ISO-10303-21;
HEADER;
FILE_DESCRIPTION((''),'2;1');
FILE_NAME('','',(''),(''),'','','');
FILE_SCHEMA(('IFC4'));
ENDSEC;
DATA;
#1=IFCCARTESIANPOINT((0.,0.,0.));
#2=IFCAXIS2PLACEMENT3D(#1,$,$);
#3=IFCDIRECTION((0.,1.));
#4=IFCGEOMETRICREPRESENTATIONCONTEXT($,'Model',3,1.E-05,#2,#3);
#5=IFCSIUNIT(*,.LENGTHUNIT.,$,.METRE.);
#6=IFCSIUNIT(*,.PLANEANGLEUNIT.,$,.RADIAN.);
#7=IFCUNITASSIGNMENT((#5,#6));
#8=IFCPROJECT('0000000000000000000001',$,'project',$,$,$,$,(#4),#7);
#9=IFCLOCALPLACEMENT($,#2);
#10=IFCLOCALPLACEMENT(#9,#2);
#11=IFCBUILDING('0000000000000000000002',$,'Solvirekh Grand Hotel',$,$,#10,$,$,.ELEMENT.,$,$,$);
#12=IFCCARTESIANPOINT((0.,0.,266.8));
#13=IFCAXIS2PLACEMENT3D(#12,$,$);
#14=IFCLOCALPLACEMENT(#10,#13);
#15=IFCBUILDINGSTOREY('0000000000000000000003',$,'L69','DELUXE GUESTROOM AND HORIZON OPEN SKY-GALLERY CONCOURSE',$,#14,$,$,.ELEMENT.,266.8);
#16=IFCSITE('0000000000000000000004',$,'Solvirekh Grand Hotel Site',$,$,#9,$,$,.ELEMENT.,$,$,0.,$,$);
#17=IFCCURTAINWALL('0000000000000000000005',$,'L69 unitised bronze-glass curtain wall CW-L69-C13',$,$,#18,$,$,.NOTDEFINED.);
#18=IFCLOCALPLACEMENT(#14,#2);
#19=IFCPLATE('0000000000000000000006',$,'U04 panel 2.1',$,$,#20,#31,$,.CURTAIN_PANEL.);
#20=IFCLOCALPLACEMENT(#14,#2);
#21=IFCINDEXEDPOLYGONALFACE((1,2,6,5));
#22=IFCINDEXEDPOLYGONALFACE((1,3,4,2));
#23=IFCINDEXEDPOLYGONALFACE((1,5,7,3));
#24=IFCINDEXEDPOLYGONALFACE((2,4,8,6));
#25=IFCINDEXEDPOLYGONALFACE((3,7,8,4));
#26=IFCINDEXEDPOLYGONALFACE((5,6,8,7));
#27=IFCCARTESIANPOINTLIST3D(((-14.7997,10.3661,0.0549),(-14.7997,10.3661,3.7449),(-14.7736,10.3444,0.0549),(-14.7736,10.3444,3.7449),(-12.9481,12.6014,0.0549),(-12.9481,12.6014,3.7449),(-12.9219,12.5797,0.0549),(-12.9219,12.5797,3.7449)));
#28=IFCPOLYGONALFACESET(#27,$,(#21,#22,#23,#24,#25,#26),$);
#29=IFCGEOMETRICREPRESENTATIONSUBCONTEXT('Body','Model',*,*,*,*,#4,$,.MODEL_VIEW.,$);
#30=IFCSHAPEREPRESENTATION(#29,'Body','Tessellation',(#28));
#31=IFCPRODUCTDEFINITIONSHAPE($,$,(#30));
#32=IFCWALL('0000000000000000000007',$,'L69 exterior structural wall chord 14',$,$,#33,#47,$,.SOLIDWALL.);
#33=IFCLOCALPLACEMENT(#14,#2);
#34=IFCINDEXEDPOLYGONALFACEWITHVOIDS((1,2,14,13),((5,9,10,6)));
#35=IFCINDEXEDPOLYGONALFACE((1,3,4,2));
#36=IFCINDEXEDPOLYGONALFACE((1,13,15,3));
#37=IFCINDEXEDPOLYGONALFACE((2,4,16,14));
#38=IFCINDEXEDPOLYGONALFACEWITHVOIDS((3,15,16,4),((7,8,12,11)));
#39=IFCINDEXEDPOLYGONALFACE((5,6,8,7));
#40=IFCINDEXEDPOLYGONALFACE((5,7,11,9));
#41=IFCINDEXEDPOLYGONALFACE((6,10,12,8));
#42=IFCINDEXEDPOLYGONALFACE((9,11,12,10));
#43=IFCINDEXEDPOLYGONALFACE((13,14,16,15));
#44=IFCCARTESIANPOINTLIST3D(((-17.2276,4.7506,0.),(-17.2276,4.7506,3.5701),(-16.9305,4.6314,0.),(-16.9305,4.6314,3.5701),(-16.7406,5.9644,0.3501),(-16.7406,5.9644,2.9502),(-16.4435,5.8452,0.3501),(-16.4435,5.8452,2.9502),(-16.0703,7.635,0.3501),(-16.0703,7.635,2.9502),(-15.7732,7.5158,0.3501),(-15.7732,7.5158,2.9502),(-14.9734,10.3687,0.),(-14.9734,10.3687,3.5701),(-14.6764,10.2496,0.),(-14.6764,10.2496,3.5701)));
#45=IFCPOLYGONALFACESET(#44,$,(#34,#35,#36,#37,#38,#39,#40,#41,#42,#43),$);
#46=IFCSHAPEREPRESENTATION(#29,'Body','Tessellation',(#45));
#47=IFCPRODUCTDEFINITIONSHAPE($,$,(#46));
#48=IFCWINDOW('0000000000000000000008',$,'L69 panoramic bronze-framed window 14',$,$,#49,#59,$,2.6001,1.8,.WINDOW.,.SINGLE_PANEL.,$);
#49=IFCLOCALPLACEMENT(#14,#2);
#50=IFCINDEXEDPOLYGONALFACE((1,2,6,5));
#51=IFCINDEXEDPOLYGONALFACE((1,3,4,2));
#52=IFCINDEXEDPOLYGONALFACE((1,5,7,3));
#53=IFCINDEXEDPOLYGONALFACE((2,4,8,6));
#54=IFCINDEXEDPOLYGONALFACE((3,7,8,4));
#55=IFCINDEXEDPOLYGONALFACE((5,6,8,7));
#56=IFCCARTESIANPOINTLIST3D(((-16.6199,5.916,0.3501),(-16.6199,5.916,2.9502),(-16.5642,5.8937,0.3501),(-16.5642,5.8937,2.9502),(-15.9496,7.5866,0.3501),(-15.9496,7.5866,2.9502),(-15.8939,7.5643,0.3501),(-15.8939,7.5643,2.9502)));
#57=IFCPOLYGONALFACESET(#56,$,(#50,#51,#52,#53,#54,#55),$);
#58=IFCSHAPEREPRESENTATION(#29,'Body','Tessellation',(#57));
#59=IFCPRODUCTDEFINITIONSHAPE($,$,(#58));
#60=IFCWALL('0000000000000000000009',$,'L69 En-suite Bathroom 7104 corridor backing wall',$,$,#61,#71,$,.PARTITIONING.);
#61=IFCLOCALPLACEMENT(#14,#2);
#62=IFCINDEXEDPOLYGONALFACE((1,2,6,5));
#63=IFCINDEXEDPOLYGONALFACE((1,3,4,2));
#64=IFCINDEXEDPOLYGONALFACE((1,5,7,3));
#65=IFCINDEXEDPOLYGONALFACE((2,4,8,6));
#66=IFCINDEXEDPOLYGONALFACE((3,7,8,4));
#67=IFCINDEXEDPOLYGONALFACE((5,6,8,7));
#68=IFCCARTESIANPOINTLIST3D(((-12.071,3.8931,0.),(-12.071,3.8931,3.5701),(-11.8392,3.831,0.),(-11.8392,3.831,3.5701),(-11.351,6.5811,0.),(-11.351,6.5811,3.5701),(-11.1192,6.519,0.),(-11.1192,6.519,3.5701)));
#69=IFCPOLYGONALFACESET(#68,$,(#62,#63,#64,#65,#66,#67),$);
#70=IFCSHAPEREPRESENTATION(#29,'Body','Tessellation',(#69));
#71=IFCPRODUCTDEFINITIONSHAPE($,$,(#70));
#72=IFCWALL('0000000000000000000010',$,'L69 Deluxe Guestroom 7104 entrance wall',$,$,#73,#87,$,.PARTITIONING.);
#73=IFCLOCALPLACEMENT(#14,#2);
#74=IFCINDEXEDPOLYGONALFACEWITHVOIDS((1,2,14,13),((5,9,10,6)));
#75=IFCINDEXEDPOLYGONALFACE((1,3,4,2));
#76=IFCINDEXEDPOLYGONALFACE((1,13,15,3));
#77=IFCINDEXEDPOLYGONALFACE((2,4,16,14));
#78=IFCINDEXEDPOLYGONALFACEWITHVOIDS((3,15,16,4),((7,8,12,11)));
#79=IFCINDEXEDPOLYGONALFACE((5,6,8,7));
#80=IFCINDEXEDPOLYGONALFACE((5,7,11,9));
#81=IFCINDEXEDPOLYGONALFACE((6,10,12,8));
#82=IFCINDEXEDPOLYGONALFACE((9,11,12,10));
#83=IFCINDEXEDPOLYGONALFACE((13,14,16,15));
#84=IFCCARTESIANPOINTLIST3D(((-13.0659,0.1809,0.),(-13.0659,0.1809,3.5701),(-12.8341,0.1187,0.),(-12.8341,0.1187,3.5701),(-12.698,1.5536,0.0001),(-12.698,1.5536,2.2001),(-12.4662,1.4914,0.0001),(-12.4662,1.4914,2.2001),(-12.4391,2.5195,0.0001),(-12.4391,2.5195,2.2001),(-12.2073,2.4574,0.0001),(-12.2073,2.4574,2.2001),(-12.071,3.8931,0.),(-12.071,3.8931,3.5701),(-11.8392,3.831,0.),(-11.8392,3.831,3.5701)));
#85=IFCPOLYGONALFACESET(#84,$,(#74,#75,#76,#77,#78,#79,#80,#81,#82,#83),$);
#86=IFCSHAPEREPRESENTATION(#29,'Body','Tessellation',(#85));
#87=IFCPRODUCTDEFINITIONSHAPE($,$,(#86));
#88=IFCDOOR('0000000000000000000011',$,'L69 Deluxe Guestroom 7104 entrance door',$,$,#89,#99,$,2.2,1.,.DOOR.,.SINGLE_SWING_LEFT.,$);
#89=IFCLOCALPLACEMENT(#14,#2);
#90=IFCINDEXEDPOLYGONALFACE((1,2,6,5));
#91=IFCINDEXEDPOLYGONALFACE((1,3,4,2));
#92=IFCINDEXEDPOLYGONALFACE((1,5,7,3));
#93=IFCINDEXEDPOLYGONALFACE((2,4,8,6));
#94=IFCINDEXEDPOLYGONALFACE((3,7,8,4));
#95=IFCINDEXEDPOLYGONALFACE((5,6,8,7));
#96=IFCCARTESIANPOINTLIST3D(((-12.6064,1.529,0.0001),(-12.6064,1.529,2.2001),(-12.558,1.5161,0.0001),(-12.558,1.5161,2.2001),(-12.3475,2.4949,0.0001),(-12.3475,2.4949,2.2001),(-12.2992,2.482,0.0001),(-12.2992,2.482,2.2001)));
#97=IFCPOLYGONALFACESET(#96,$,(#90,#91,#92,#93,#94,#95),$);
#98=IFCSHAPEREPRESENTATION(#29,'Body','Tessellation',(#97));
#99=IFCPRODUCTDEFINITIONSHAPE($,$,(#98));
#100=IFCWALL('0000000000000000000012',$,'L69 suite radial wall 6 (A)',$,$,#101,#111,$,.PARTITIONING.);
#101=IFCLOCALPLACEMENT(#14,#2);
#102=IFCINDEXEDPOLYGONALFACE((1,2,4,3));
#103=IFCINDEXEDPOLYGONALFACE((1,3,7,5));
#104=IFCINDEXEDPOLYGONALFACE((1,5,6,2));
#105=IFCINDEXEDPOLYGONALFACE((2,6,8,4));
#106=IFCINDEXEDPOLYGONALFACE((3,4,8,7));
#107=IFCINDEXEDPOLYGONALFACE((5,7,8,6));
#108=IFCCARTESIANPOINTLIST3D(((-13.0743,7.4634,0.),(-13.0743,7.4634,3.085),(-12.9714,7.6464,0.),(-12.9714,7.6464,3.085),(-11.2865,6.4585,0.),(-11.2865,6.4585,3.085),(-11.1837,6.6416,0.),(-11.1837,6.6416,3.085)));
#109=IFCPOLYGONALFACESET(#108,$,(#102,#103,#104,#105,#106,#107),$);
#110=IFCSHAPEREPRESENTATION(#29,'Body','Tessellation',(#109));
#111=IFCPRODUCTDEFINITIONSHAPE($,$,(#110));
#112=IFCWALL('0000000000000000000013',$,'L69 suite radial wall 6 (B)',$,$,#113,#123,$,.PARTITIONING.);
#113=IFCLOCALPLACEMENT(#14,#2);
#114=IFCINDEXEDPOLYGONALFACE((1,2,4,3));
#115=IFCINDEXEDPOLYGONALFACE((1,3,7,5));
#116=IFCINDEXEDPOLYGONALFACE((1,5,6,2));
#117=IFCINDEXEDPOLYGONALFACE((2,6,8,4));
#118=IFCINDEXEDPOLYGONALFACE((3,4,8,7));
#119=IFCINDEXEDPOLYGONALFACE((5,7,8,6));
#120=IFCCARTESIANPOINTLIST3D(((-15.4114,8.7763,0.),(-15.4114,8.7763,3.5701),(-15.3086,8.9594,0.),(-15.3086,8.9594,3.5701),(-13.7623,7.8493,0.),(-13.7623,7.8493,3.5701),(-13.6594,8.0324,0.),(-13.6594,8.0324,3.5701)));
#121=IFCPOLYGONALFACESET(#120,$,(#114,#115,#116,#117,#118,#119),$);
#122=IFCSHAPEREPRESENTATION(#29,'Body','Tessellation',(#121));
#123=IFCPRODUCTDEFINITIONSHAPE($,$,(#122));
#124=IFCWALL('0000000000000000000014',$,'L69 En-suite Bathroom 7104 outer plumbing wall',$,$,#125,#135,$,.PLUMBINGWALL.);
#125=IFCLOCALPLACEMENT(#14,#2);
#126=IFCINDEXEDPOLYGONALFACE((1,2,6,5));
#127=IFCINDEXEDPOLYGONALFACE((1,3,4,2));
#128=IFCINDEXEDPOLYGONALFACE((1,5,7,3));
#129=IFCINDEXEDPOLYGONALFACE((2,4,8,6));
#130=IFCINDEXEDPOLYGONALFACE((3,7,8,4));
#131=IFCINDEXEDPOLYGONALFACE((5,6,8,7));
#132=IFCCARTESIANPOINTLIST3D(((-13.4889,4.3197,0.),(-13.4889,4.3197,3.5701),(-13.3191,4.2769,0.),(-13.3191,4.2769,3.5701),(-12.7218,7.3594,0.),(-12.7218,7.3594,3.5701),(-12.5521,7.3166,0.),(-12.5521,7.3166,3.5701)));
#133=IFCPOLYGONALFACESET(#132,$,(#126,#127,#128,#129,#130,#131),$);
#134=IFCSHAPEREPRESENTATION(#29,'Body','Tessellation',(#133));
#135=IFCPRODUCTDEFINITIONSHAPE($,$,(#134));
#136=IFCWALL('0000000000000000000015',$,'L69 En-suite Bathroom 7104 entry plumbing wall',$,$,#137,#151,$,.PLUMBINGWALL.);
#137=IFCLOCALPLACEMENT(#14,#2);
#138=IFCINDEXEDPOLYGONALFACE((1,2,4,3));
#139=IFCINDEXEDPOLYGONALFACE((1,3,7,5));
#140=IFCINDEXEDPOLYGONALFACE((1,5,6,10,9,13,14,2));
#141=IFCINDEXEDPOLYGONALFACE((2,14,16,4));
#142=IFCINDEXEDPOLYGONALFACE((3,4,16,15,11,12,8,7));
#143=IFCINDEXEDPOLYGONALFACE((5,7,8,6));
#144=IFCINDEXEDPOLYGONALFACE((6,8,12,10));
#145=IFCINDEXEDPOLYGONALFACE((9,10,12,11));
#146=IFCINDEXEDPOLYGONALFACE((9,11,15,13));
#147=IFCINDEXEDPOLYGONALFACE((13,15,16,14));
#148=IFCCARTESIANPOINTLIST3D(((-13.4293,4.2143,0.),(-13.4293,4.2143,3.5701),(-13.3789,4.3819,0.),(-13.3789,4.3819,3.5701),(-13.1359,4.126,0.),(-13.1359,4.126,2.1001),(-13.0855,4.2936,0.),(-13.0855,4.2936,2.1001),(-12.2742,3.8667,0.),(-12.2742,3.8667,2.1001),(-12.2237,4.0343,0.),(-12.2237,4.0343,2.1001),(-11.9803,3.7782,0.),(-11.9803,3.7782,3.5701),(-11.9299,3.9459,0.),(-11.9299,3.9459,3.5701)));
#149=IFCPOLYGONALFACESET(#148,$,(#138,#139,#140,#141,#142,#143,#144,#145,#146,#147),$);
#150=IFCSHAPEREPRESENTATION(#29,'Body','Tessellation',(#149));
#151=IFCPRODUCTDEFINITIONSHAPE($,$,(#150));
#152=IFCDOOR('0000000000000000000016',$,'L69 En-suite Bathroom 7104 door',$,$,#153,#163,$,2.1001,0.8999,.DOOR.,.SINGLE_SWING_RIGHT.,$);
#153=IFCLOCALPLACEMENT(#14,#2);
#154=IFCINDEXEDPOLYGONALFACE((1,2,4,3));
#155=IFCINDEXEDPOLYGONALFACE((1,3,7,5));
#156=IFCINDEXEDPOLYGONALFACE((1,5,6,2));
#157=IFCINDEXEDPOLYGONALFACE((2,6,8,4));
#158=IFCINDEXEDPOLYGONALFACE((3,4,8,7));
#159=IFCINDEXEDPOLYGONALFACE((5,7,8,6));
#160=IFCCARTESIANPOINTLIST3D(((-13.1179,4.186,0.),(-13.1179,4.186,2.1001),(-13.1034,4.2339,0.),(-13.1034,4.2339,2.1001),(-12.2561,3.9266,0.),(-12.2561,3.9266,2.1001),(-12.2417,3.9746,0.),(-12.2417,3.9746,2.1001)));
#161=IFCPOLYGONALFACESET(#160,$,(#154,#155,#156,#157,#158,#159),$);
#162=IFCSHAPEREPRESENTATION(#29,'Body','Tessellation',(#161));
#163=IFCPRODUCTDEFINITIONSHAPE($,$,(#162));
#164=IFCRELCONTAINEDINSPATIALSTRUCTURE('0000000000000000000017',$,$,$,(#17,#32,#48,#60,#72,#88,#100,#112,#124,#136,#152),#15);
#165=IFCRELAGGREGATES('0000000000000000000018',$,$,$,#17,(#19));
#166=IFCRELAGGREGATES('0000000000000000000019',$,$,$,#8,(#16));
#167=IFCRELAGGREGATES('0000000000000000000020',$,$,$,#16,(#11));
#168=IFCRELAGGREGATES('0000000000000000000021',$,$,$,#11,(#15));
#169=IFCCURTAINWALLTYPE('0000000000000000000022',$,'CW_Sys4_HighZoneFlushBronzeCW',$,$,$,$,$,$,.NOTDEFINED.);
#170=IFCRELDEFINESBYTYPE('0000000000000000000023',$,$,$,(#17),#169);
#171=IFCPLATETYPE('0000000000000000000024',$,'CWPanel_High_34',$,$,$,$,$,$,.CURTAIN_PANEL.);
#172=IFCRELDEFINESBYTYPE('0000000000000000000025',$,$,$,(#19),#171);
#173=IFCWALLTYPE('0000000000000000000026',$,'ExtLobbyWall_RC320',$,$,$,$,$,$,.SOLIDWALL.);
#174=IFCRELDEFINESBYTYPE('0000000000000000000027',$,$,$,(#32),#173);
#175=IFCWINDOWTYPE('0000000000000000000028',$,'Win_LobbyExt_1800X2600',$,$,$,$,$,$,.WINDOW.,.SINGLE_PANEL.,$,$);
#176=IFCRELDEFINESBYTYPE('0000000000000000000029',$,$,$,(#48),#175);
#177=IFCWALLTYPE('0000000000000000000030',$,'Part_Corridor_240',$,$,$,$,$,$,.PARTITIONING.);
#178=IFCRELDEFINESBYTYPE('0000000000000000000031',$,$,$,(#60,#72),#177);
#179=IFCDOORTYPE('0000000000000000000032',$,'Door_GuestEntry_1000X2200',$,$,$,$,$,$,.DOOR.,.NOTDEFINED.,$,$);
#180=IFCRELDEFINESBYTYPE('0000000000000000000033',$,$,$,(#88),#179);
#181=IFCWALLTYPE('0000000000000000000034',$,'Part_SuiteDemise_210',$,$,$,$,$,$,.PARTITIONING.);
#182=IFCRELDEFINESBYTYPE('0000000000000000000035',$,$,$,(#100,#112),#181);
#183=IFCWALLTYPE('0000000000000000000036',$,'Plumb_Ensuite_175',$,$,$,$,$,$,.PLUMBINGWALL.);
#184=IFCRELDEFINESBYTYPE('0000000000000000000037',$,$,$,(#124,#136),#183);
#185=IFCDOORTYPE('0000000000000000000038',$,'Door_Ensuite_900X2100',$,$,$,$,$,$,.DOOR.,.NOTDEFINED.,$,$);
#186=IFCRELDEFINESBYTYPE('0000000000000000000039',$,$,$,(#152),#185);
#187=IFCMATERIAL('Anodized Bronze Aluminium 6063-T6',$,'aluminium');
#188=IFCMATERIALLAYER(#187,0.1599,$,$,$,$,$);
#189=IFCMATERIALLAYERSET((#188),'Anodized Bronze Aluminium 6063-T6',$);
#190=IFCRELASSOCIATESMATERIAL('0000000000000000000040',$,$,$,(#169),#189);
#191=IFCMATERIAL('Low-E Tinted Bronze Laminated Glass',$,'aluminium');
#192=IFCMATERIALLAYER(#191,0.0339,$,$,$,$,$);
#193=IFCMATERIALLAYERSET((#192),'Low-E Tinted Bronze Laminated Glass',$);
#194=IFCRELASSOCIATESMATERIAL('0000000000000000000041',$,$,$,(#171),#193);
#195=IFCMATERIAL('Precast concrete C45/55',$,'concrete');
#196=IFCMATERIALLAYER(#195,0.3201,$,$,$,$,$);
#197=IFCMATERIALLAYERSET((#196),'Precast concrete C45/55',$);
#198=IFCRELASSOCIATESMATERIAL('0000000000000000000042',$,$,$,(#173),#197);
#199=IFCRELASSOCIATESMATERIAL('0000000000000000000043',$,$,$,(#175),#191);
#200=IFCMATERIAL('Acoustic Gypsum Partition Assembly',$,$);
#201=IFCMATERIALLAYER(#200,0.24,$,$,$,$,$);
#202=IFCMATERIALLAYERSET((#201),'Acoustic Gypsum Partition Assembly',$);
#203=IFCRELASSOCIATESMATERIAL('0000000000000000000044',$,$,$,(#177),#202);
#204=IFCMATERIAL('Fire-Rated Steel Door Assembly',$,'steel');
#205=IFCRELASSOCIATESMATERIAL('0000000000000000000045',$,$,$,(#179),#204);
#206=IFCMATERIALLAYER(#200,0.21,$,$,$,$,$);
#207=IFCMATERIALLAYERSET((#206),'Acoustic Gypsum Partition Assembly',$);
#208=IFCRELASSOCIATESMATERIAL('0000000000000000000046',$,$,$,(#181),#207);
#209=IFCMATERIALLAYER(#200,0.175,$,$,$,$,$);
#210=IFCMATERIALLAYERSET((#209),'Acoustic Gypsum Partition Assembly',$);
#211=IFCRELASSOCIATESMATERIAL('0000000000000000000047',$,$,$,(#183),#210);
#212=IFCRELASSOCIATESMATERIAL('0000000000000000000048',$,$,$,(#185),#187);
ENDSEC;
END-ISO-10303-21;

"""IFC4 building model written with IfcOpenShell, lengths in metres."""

from ifc_helpers import new_model, si_unit, direction, frame, frame_2d, origin, origin_2d, place, context, subcontext, project, spatial, rectangle, extrude, source, transform, mapped, material, layer, layer_set, type_object, element, fill, aggregate, save


model = new_model("IFC4")

# Units and contexts
model_context = context("Model", 3, precision=1e-05, world=origin(), true_north=direction((0.0, 1.0)))
body_context = subcontext(model_context, "Body", "Model", "MODEL_VIEW")
ifc_project = project(units=[si_unit("LENGTHUNIT", "METRE"), si_unit("PLANEANGLEUNIT", "RADIAN")], contexts=[model_context])

# Site, building, storey
site_placement = place(None, origin())
site = spatial("IfcSite", under=ifc_project, at=site_placement, Name="Solvirekh Grand Hotel Site", CompositionType="ELEMENT", RefElevation=0.0)
building_placement = place(site_placement, origin())
building = spatial("IfcBuilding", under=site, at=building_placement, Name="Solvirekh Grand Hotel", CompositionType="ELEMENT")
storey_placement = place(building_placement, frame((0.0, 0.0, 266.8)))
storey = spatial("IfcBuildingStorey", under=building, at=storey_placement, Name="L69", Description="DELUXE GUESTROOM AND HORIZON OPEN SKY-GALLERY CONCOURSE", CompositionType="ELEMENT", Elevation=266.8)

# Curtain wall, plate
ifc_material_1 = material(Name="Anodized Bronze Aluminium 6063-T6", Category="aluminium")
ifc_layer_1 = layer(ifc_material_1, 0.1599)
ifc_layer_set_1 = layer_set([ifc_layer_1], Name="Anodized Bronze Aluminium 6063-T6")
curtain_wall_type = type_object("IfcCurtainWallType", Name="CW_Sys4_HighZoneFlushBronzeCW", PredefinedType="NOTDEFINED", material=ifc_layer_set_1)
curtain_wall_placement = place(storey_placement, origin())
curtain_wall = element("IfcCurtainWall", 1, at=curtain_wall_placement, inside=storey, type_object=curtain_wall_type, Name="L69 unitised bronze-glass curtain wall CW-L69-C13", PredefinedType="NOTDEFINED")
ifc_material_2 = material(Name="Low-E Tinted Bronze Laminated Glass", Category="aluminium")
ifc_layer_2 = layer(ifc_material_2, 0.0339)
ifc_layer_set_2 = layer_set([ifc_layer_2], Name="Low-E Tinted Bronze Laminated Glass")
plate_type = type_object("IfcPlateType", Name="CWPanel_High_34", PredefinedType="CURTAIN_PANEL", material=ifc_layer_set_2)
shared_shape_1 = source(origin(), body_context, "Body", "SweptSolid", [
    extrude(rectangle(XDim=2.9026, YDim=0.0339, at=origin_2d()), origin(), (0.0, 0.0, 1.0), 3.6899),
])
plate_1_placement = place(storey_placement, frame((-13.8608, 11.4729, 0.0549), z_axis=(0.0, 0.0, 1.0), x_axis=(-0.63793, -0.770094, 0.0)))
plate_1 = element("IfcPlate", 2, at=plate_1_placement, type_object=plate_type, Name="U04 panel 2.1", PredefinedType="CURTAIN_PANEL", context=body_context, shape_type="MappedRepresentation", body=[
    mapped(shared_shape_1, transform((0.0, 0.0, 0.0), x_axis=(1.0, 0.0, 0.0), y_axis=(0.0, 1.0, 0.0), z_axis=(0.0, 0.0, 1.0), scale=1.0)),
])
aggregate(curtain_wall, [plate_1])

# Wall, opening, window
ifc_material_3 = material(Name="Precast concrete C45/55", Category="concrete")
ifc_layer_3 = layer(ifc_material_3, 0.3201)
ifc_layer_set_3 = layer_set([ifc_layer_3], Name="Precast concrete C45/55")
wall_type_1 = type_object("IfcWallType", Name="ExtLobbyWall_RC320", PredefinedType="SOLIDWALL", material=ifc_layer_set_3)
wall_1_placement = place(storey_placement, frame((-17.0791, 4.6909, 0.0), z_axis=(0.0, 0.0, 1.0), x_axis=(0.372371, 0.928084, 0.0)))
wall_1 = element("IfcWall", 3, at=wall_1_placement, inside=storey, type_object=wall_type_1, Name="L69 exterior structural wall chord 14", PredefinedType="SOLIDWALL", context=body_context, shape_type="SweptSolid", body=[
    extrude(rectangle(XDim=6.0535, YDim=0.3201, at=frame_2d((3.0269, 0.0))), origin(), (0.0, 0.0, 1.0), 3.5701),
])
opening_1_placement = place(wall_1_placement, frame((1.3081, 0.0, 0.3501)))
opening_1 = element("IfcOpeningElement", 4, at=opening_1_placement, cuts=wall_1, PredefinedType="OPENING", context=body_context, shape_type="SweptSolid", body=[
    extrude(rectangle(XDim=1.8, YDim=2.6001, at=frame_2d((0.8999, 1.3))), frame((0.0, 0.1699, 0.0), z_axis=(0.0, -1.0, 0.0), x_axis=(1.0, 0.0, 0.0)), (0.0, 0.0, 1.0), 0.3401),
])
window_type = type_object("IfcWindowType", Name="Win_LobbyExt_1800X2600", PartitioningType="SINGLE_PANEL", PredefinedType="WINDOW", material=ifc_material_2)
window_placement = place(opening_1_placement, origin())
window = element("IfcWindow", 5, at=window_placement, inside=storey, type_object=window_type, Name="L69 panoramic bronze-framed window 14", OverallHeight=2.6001, OverallWidth=1.8, PartitioningType="SINGLE_PANEL", PredefinedType="WINDOW", context=body_context, shape_type="SweptSolid", body=[
    extrude(rectangle(XDim=1.8, YDim=2.6001, at=frame_2d((0.8999, 1.3))), frame((0.0, 0.03, 0.0), z_axis=(0.0, -1.0, 0.0), x_axis=(1.0, 0.0, 0.0)), (0.0, 0.0, 1.0), 0.0601),
])
fill(opening_1, window)

# Wall
ifc_material_4 = material(Name="Acoustic Gypsum Partition Assembly")
ifc_layer_4 = layer(ifc_material_4, 0.24)
ifc_layer_set_4 = layer_set([ifc_layer_4], Name="Acoustic Gypsum Partition Assembly")
wall_type_2 = type_object("IfcWallType", Name="Part_Corridor_240", PredefinedType="PARTITIONING", material=ifc_layer_set_4)
wall_2_placement = place(storey_placement, frame((-11.2351, 6.55, 0.0), z_axis=(0.0, 0.0, 1.0), x_axis=(-0.258727, -0.96595, 0.0)))
element("IfcWall", 6, at=wall_2_placement, inside=storey, type_object=wall_type_2, Name="L69 En-suite Bathroom 7104 corridor backing wall", PredefinedType="PARTITIONING", context=body_context, shape_type="SweptSolid", body=[
    extrude(rectangle(XDim=2.7827, YDim=0.24, at=frame_2d((1.3914, 0.0))), origin(), (0.0, 0.0, 1.0), 3.5701),
])

# Wall, opening, door
wall_3_placement = place(storey_placement, frame((-11.9551, 3.8621, 0.0), z_axis=(0.0, 0.0, 1.0), x_axis=(-0.258868, -0.965913, 0.0)))
wall_3 = element("IfcWall", 7, at=wall_3_placement, inside=storey, type_object=wall_type_2, Name="L69 Deluxe Guestroom 7104 entrance wall", PredefinedType="PARTITIONING", context=body_context, shape_type="SweptSolid", body=[
    extrude(rectangle(XDim=3.8433, YDim=0.24, at=frame_2d((1.9216, 0.0))), origin(), (0.0, 0.0, 1.0), 3.5701),
])
opening_2_placement = place(wall_3_placement, frame((1.4221, 0.0, 0.0)))
opening_2 = element("IfcOpeningElement", 8, at=opening_2_placement, cuts=wall_3, PredefinedType="OPENING", context=body_context, shape_type="SweptSolid", body=[
    extrude(rectangle(XDim=1.0, YDim=2.2, at=frame_2d((0.5, 1.1001))), frame((0.0, 0.1299, 0.0), z_axis=(0.0, -1.0, 0.0), x_axis=(1.0, 0.0, 0.0)), (0.0, 0.0, 1.0), 0.26),
])
ifc_material_5 = material(Name="Fire-Rated Steel Door Assembly", Category="steel")
door_type_1 = type_object("IfcDoorType", Name="Door_GuestEntry_1000X2200", OperationType="NOTDEFINED", PredefinedType="DOOR", material=ifc_material_5)
door_1_placement = place(opening_2_placement, origin())
door_1 = element("IfcDoor", 9, at=door_1_placement, inside=storey, type_object=door_type_1, Name="L69 Deluxe Guestroom 7104 entrance door", OperationType="SINGLE_SWING_LEFT", OverallHeight=2.2, OverallWidth=1.0, PredefinedType="DOOR", context=body_context, shape_type="SweptSolid", body=[
    extrude(rectangle(XDim=1.0, YDim=2.2, at=frame_2d((0.5, 1.1001))), frame((0.0, 0.0249, 0.0), z_axis=(0.0, -1.0, 0.0), x_axis=(1.0, 0.0, 0.0)), (0.0, 0.0, 1.0), 0.05),
])
fill(opening_2, door_1)

# Walls
ifc_layer_5 = layer(ifc_material_4, 0.21)
ifc_layer_set_5 = layer_set([ifc_layer_5], Name="Acoustic Gypsum Partition Assembly")
wall_type_3 = type_object("IfcWallType", Name="Part_SuiteDemise_210", PredefinedType="PARTITIONING", material=ifc_layer_set_5)
wall_4_placement = place(storey_placement, frame((-11.2351, 6.55, 0.0), z_axis=(0.0, 0.0, 1.0), x_axis=(-0.871738, 0.489973, 0.0)))
element("IfcWall", 10, at=wall_4_placement, inside=storey, type_object=wall_type_3, Name="L69 suite radial wall 6 (A)", PredefinedType="PARTITIONING", context=body_context, shape_type="SweptSolid", body=[
    extrude(rectangle(XDim=2.0508, YDim=0.21, at=frame_2d((1.0254, 0.0))), origin(), (0.0, 0.0, 1.0), 3.085),
])
wall_5_placement = place(storey_placement, frame((-13.7109, 7.9409, 0.0), z_axis=(0.0, 0.0, 1.0), x_axis=(-0.871724, 0.489998, 0.0)))
element("IfcWall", 11, at=wall_5_placement, inside=storey, type_object=wall_type_3, Name="L69 suite radial wall 6 (B)", PredefinedType="PARTITIONING", context=body_context, shape_type="SweptSolid", body=[
    extrude(rectangle(XDim=1.8918, YDim=0.21, at=frame_2d((0.9458, 0.0))), origin(), (0.0, 0.0, 1.0), 3.5701),
])
ifc_layer_6 = layer(ifc_material_4, 0.175)
ifc_layer_set_6 = layer_set([ifc_layer_6], Name="Acoustic Gypsum Partition Assembly")
wall_type_4 = type_object("IfcWallType", Name="Plumb_Ensuite_175", PredefinedType="PLUMBINGWALL", material=ifc_layer_set_6)
wall_6_placement = place(storey_placement, frame((-12.637, 7.3379, 0.0), z_axis=(0.0, 0.0, 1.0), x_axis=(-0.244679, -0.969604, 0.0)))
element("IfcWall", 12, at=wall_6_placement, inside=storey, type_object=wall_type_4, Name="L69 En-suite Bathroom 7104 outer plumbing wall", PredefinedType="PLUMBINGWALL", context=body_context, shape_type="SweptSolid", body=[
    extrude(rectangle(XDim=3.135, YDim=0.175, at=frame_2d((1.5674, 0.0))), origin(), (0.0, 0.0, 1.0), 3.5701),
])

# Wall, opening, door
wall_7_placement = place(storey_placement, frame((-11.9551, 3.8621, 0.0), z_axis=(0.0, 0.0, 1.0), x_axis=(-0.957582, 0.288162, 0.0)))
wall_7 = element("IfcWall", 13, at=wall_7_placement, inside=storey, type_object=wall_type_4, Name="L69 En-suite Bathroom 7104 entry plumbing wall", PredefinedType="PLUMBINGWALL", context=body_context, shape_type="SweptSolid", body=[
    extrude(rectangle(XDim=1.5132, YDim=0.175, at=frame_2d((0.7566, 0.0))), origin(), (0.0, 0.0, 1.0), 3.5701),
])
opening_3_placement = place(wall_7_placement, frame((0.3069, 0.0, 0.0)))
opening_3 = element("IfcOpeningElement", 14, at=opening_3_placement, cuts=wall_7, PredefinedType="OPENING", context=body_context, shape_type="SweptSolid", body=[
    extrude(rectangle(XDim=0.8999, YDim=2.1001, at=frame_2d((0.45, 1.05))), frame((0.0, 0.0977, 0.0), z_axis=(0.0, -1.0, 0.0), x_axis=(1.0, 0.0, 0.0)), (0.0, 0.0, 1.0), 0.1951),
])
door_type_2 = type_object("IfcDoorType", Name="Door_Ensuite_900X2100", OperationType="NOTDEFINED", PredefinedType="DOOR", material=ifc_material_1)
door_2_placement = place(opening_3_placement, origin())
door_2 = element("IfcDoor", 15, at=door_2_placement, inside=storey, type_object=door_type_2, Name="L69 En-suite Bathroom 7104 door", OperationType="SINGLE_SWING_RIGHT", OverallHeight=2.1001, OverallWidth=0.8999, PredefinedType="DOOR", context=body_context, shape_type="SweptSolid", body=[
    extrude(rectangle(XDim=0.8999, YDim=2.1001, at=frame_2d((0.45, 1.05))), frame((0.0, 0.0249, 0.0), z_axis=(0.0, -1.0, 0.0), x_axis=(1.0, 0.0, 0.0)), (0.0, 0.0, 1.0), 0.05),
])
fill(opening_3, door_2)

save(model, "model.ifc")
